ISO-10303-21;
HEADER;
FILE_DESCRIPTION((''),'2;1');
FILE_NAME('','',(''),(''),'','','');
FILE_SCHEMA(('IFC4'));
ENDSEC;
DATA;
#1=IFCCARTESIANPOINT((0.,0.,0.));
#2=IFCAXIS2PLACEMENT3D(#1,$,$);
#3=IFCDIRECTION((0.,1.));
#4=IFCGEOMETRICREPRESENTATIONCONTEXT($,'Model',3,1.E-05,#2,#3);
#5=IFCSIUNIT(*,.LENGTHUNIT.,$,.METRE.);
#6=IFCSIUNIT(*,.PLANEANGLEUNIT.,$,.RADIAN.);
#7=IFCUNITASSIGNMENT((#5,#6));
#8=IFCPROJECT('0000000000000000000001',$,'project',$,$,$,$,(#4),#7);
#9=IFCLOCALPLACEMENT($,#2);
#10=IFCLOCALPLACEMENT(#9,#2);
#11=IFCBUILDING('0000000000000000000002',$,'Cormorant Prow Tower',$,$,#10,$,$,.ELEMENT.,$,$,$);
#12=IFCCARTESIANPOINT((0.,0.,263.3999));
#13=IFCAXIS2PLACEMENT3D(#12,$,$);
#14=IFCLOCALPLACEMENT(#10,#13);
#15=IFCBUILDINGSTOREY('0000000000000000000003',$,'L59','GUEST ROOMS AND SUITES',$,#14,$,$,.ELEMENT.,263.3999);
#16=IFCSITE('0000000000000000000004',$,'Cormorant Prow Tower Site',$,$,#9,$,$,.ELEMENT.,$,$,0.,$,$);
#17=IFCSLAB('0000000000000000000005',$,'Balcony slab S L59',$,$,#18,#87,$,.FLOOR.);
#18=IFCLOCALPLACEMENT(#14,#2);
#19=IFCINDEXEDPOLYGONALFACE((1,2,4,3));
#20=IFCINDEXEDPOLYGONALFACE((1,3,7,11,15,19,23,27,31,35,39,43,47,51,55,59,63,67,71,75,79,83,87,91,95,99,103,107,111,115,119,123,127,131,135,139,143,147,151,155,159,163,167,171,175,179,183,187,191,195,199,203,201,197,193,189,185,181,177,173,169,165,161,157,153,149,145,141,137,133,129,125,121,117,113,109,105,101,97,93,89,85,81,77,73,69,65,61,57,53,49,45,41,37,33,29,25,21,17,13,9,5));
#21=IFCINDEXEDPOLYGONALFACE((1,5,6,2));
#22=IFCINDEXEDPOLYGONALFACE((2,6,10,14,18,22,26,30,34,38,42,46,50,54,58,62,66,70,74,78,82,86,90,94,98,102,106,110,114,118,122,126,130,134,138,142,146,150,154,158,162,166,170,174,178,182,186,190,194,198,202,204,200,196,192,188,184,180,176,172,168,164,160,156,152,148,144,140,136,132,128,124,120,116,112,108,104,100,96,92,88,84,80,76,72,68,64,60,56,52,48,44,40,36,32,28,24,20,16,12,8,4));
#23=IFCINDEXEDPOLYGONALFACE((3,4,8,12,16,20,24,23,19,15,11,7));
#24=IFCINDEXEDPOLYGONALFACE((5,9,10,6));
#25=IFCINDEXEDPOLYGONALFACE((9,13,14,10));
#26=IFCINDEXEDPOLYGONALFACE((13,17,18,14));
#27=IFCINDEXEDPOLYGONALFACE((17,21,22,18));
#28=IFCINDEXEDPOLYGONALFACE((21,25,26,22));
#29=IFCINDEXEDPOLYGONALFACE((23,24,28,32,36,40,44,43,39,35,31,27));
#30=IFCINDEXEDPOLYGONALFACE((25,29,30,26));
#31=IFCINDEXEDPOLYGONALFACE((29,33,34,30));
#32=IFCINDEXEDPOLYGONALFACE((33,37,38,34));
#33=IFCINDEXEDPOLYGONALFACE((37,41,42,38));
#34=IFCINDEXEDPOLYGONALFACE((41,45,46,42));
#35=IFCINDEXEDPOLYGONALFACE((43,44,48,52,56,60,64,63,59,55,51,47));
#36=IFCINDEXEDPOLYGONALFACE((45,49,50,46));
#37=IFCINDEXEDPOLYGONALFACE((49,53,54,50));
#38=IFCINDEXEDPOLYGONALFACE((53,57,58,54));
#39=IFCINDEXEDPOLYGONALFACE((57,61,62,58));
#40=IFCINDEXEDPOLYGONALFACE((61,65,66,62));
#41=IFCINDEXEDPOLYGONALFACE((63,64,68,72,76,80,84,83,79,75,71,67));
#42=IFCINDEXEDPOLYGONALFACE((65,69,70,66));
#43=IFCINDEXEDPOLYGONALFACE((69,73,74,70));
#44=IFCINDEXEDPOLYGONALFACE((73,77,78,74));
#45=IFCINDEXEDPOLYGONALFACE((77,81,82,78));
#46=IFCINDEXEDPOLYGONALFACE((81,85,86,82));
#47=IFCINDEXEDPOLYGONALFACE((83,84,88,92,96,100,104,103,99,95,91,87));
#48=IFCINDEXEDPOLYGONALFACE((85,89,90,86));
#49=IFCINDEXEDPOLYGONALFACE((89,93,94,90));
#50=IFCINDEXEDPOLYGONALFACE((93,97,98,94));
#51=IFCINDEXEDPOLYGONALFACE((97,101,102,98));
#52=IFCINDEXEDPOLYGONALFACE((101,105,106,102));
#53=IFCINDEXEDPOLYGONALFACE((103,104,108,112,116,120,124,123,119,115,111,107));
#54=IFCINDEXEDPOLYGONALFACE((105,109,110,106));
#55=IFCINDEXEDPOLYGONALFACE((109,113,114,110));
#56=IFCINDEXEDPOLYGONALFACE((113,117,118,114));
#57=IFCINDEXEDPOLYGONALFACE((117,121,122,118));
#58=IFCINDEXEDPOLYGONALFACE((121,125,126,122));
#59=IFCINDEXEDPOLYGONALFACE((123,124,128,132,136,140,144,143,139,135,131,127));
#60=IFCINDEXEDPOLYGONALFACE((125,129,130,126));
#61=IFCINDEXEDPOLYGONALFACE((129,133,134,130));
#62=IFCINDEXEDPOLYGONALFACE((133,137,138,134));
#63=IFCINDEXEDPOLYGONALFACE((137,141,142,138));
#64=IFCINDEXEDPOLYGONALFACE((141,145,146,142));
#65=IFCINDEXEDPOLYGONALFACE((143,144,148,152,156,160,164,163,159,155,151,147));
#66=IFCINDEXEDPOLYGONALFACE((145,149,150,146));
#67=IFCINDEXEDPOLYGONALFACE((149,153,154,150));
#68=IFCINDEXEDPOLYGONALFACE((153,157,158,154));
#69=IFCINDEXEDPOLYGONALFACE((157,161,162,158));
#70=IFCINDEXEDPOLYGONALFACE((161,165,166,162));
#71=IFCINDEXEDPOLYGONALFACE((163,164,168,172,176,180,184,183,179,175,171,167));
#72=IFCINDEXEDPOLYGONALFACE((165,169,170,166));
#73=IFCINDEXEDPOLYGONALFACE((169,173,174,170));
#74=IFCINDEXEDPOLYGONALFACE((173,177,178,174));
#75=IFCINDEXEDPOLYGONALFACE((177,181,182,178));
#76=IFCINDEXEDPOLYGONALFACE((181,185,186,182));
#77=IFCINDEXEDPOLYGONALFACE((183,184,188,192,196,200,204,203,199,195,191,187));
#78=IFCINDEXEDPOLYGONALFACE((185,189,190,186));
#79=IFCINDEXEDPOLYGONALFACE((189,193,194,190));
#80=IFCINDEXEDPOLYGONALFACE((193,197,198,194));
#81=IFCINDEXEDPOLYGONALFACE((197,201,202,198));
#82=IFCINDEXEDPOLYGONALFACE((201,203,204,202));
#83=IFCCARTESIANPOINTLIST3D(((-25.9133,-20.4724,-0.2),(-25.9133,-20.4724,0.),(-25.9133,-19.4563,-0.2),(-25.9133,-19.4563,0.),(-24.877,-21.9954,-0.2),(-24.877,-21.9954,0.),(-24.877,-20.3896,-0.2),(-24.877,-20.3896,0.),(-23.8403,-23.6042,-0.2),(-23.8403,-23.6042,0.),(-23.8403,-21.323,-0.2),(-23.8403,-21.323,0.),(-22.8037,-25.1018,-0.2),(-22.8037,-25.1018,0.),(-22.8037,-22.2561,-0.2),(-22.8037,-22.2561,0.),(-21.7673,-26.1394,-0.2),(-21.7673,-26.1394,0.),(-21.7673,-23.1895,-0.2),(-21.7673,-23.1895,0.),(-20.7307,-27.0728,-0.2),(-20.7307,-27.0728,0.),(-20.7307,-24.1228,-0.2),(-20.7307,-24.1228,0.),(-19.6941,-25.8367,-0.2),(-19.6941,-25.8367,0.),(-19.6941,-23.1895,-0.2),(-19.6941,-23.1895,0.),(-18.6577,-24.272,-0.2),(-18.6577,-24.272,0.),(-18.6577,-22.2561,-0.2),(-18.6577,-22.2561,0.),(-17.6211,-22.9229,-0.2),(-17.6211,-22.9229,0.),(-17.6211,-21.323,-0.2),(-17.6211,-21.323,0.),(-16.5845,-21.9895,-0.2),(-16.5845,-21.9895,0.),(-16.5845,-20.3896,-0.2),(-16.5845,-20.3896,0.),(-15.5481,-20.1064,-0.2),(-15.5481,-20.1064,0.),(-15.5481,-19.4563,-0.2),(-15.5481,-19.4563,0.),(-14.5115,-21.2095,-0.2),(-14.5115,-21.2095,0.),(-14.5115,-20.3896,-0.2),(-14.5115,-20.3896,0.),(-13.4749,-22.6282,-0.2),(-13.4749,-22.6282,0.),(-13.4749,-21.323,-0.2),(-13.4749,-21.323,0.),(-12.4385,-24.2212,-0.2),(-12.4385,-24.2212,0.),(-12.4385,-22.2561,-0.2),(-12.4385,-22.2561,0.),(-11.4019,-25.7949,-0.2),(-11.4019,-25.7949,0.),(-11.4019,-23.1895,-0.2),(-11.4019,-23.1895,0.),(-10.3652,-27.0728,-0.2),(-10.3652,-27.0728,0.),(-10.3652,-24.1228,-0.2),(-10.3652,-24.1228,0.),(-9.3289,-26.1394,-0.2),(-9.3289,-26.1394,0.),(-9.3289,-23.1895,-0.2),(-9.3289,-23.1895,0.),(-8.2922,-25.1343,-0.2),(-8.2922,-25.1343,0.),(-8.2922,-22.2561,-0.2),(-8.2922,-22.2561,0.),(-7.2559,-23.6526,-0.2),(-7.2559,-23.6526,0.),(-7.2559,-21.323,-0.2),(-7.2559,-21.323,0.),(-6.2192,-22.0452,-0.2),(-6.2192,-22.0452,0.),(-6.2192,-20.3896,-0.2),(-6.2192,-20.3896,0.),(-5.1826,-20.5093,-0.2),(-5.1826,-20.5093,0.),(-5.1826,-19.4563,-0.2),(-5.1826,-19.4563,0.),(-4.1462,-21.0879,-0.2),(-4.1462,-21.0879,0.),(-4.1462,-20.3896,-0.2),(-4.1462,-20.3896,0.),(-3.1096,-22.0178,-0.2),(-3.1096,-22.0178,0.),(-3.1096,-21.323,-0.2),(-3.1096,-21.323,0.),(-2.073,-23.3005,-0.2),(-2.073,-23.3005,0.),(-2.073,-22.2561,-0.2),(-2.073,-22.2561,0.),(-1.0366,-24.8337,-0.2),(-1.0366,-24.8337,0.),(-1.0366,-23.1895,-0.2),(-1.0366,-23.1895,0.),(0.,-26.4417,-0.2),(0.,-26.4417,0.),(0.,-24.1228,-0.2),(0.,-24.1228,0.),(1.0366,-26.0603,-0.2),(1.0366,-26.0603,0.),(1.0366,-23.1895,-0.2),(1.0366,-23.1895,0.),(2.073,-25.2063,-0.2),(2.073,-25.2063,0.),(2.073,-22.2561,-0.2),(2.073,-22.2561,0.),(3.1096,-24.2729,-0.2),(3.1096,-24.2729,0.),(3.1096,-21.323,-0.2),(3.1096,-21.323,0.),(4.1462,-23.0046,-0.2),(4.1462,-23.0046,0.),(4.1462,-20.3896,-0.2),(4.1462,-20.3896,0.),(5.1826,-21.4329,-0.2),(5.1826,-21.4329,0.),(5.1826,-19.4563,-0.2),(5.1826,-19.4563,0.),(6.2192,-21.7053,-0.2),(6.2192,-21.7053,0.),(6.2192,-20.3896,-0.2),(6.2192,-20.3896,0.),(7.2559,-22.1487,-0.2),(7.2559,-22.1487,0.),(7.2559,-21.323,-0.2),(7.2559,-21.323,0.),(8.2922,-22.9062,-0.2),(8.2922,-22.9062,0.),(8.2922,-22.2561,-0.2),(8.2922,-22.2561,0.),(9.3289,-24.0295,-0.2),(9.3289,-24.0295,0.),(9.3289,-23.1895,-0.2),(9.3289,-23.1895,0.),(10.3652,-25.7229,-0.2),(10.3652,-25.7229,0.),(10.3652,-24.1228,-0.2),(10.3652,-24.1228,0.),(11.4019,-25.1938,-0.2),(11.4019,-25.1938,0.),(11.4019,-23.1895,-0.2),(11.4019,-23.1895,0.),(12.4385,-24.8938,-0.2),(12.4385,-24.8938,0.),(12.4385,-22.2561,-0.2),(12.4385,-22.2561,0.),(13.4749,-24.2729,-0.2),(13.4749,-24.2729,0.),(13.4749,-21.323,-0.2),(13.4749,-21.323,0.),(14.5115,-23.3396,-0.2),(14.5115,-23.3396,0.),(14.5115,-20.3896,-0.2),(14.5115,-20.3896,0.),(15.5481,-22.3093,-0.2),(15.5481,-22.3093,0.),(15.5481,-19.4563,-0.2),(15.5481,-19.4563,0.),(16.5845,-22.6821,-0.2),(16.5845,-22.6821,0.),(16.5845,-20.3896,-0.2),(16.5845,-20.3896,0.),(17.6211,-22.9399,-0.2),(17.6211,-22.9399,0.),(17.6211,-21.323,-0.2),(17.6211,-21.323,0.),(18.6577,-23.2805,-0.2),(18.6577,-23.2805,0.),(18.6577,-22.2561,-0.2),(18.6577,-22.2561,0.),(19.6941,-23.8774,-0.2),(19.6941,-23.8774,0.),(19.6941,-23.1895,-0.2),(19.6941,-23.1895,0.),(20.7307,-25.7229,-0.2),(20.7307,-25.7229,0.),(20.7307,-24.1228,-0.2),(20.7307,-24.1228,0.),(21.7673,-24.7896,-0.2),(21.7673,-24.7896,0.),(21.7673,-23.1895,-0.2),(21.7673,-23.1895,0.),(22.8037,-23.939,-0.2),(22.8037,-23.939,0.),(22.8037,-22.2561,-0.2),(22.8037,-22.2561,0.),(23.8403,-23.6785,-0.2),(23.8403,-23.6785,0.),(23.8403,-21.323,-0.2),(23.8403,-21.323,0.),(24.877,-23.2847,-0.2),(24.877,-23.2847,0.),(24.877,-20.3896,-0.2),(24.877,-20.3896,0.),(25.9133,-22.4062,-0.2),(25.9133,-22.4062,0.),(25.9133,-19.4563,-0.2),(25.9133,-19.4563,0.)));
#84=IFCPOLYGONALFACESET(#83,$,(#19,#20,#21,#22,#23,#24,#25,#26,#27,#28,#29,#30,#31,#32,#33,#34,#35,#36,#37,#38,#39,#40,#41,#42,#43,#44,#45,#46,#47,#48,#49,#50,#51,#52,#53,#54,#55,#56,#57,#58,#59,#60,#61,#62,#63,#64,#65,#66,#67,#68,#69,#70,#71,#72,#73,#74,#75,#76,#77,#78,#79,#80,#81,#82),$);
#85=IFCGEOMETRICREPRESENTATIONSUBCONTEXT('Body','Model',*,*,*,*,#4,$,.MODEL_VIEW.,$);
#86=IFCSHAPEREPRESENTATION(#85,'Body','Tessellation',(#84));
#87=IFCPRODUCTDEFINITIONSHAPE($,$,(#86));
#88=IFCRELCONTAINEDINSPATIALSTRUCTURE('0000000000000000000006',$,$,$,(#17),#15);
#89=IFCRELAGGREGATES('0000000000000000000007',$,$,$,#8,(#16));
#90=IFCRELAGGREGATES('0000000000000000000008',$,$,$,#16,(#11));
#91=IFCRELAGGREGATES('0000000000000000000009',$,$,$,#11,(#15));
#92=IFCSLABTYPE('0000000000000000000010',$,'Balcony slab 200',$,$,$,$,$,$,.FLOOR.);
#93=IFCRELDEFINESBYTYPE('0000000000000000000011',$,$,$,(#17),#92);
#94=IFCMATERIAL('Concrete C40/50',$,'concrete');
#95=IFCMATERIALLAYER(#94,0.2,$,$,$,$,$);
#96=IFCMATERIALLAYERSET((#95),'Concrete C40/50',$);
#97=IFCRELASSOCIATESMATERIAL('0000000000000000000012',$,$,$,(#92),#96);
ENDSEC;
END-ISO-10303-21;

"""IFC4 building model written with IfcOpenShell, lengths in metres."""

from ifc_helpers import new_model, si_unit, direction, frame, origin, place, context, subcontext, project, spatial, polyline, outline, extrude, material, layer, layer_set, type_object, element, save


model = new_model("IFC4")

# Units and contexts
model_context = context("Model", 3, precision=1e-05, world=origin(), true_north=direction((0.0, 1.0)))
body_context = subcontext(model_context, "Body", "Model", "MODEL_VIEW")
ifc_project = project(units=[si_unit("LENGTHUNIT", "METRE"), si_unit("PLANEANGLEUNIT", "RADIAN")], contexts=[model_context])

# Site, building, storey
site_placement = place(None, origin())
site = spatial("IfcSite", under=ifc_project, at=site_placement, Name="Cormorant Prow Tower Site", CompositionType="ELEMENT", RefElevation=0.0)
building_placement = place(site_placement, origin())
building = spatial("IfcBuilding", under=site, at=building_placement, Name="Cormorant Prow Tower", CompositionType="ELEMENT")
storey_placement = place(building_placement, frame((0.0, 0.0, 263.3999)))
storey = spatial("IfcBuildingStorey", under=building, at=storey_placement, Name="L59", Description="GUEST ROOMS AND SUITES", CompositionType="ELEMENT", Elevation=263.3999)

# Slab
ifc_material_1 = material(Name="Concrete C40/50", Category="concrete")
ifc_layer_1 = layer(ifc_material_1, 0.2)
ifc_layer_set_1 = layer_set([ifc_layer_1], Name="Concrete C40/50")
slab_type_1 = type_object("IfcSlabType", Name="Balcony slab 200", PredefinedType="FLOOR", material=ifc_layer_set_1)
slab_1_placement = place(storey_placement, frame((0.0, 0.0, -0.2)))
element("IfcSlab", 1, at=slab_1_placement, inside=storey, type_object=slab_type_1, Name="Balcony slab S L59", PredefinedType="FLOOR", context=body_context, shape_type="SweptSolid", body=[
    extrude(outline(polyline([(-25.9133, -19.4563), (-25.9133, -20.4724), (-24.877, -21.9954), (-23.8403, -23.6042), (-22.8037, -25.1018), (-21.7673, -26.1394), (-20.7307, -27.0728), (-19.6941, -25.8367), (-18.6577, -24.272), (-17.6211, -22.9229), (-16.5845, -21.9895), (-15.5481, -20.1064), (-14.5115, -21.2095), (-13.4749, -22.6282), (-12.4385, -24.2212), (-11.4019, -25.7949), (-10.3652, -27.0728), (-9.3289, -26.1394), (-8.2922, -25.1343), (-7.2559, -23.6526), (-6.2192, -22.0452), (-5.1826, -20.5093), (-4.1462, -21.0879), (-3.1096, -22.0178), (-2.073, -23.3005), (-1.0366, -24.8337), (0.0, -26.4417), (1.0366, -26.0603), (2.073, -25.2063), (3.1096, -24.2729), (4.1462, -23.0046), (5.1826, -21.4329), (6.2192, -21.7053), (7.2559, -22.1487), (8.2922, -22.9062), (9.3289, -24.0295), (10.3652, -25.7229), (11.4019, -25.1938), (12.4385, -24.8938), (13.4749, -24.2729), (14.5115, -23.3396), (15.5481, -22.3093), (16.5845, -22.6821), (17.6211, -22.9399), (18.6577, -23.2805), (19.6941, -23.8774), (20.7307, -25.7229), (21.7673, -24.7896), (22.8037, -23.939), (23.8403, -23.6785), (24.877, -23.2847), (25.9133, -22.4062), (25.9133, -19.4563), (24.877, -20.3896), (23.8403, -21.323), (22.8037, -22.2561), (21.7673, -23.1895), (20.7307, -24.1228), (19.6941, -23.1895), (18.6577, -22.2561), (17.6211, -21.323), (16.5845, -20.3896), (15.5481, -19.4563), (14.5115, -20.3896), (13.4749, -21.323), (12.4385, -22.2561), (11.4019, -23.1895), (10.3652, -24.1228), (9.3289, -23.1895), (8.2922, -22.2561), (7.2559, -21.323), (6.2192, -20.3896), (5.1826, -19.4563), (4.1462, -20.3896), (3.1096, -21.323), (2.073, -22.2561), (1.0366, -23.1895), (0.0, -24.1228), (-1.0366, -23.1895), (-2.073, -22.2561), (-3.1096, -21.323), (-4.1462, -20.3896), (-5.1826, -19.4563), (-6.2192, -20.3896), (-7.2559, -21.323), (-8.2922, -22.2561), (-9.3289, -23.1895), (-10.3652, -24.1228), (-11.4019, -23.1895), (-12.4385, -22.2561), (-13.4749, -21.323), (-14.5115, -20.3896), (-15.5481, -19.4563), (-16.5845, -20.3896), (-17.6211, -21.323), (-18.6577, -22.2561), (-19.6941, -23.1895), (-20.7307, -24.1228), (-21.7673, -23.1895), (-22.8037, -22.2561), (-23.8403, -21.323), (-24.877, -20.3896), (-25.9133, -19.4563)])), origin(), (0.0, 0.0, 1.0), 0.2),
])

save(model, "model.ifc")
